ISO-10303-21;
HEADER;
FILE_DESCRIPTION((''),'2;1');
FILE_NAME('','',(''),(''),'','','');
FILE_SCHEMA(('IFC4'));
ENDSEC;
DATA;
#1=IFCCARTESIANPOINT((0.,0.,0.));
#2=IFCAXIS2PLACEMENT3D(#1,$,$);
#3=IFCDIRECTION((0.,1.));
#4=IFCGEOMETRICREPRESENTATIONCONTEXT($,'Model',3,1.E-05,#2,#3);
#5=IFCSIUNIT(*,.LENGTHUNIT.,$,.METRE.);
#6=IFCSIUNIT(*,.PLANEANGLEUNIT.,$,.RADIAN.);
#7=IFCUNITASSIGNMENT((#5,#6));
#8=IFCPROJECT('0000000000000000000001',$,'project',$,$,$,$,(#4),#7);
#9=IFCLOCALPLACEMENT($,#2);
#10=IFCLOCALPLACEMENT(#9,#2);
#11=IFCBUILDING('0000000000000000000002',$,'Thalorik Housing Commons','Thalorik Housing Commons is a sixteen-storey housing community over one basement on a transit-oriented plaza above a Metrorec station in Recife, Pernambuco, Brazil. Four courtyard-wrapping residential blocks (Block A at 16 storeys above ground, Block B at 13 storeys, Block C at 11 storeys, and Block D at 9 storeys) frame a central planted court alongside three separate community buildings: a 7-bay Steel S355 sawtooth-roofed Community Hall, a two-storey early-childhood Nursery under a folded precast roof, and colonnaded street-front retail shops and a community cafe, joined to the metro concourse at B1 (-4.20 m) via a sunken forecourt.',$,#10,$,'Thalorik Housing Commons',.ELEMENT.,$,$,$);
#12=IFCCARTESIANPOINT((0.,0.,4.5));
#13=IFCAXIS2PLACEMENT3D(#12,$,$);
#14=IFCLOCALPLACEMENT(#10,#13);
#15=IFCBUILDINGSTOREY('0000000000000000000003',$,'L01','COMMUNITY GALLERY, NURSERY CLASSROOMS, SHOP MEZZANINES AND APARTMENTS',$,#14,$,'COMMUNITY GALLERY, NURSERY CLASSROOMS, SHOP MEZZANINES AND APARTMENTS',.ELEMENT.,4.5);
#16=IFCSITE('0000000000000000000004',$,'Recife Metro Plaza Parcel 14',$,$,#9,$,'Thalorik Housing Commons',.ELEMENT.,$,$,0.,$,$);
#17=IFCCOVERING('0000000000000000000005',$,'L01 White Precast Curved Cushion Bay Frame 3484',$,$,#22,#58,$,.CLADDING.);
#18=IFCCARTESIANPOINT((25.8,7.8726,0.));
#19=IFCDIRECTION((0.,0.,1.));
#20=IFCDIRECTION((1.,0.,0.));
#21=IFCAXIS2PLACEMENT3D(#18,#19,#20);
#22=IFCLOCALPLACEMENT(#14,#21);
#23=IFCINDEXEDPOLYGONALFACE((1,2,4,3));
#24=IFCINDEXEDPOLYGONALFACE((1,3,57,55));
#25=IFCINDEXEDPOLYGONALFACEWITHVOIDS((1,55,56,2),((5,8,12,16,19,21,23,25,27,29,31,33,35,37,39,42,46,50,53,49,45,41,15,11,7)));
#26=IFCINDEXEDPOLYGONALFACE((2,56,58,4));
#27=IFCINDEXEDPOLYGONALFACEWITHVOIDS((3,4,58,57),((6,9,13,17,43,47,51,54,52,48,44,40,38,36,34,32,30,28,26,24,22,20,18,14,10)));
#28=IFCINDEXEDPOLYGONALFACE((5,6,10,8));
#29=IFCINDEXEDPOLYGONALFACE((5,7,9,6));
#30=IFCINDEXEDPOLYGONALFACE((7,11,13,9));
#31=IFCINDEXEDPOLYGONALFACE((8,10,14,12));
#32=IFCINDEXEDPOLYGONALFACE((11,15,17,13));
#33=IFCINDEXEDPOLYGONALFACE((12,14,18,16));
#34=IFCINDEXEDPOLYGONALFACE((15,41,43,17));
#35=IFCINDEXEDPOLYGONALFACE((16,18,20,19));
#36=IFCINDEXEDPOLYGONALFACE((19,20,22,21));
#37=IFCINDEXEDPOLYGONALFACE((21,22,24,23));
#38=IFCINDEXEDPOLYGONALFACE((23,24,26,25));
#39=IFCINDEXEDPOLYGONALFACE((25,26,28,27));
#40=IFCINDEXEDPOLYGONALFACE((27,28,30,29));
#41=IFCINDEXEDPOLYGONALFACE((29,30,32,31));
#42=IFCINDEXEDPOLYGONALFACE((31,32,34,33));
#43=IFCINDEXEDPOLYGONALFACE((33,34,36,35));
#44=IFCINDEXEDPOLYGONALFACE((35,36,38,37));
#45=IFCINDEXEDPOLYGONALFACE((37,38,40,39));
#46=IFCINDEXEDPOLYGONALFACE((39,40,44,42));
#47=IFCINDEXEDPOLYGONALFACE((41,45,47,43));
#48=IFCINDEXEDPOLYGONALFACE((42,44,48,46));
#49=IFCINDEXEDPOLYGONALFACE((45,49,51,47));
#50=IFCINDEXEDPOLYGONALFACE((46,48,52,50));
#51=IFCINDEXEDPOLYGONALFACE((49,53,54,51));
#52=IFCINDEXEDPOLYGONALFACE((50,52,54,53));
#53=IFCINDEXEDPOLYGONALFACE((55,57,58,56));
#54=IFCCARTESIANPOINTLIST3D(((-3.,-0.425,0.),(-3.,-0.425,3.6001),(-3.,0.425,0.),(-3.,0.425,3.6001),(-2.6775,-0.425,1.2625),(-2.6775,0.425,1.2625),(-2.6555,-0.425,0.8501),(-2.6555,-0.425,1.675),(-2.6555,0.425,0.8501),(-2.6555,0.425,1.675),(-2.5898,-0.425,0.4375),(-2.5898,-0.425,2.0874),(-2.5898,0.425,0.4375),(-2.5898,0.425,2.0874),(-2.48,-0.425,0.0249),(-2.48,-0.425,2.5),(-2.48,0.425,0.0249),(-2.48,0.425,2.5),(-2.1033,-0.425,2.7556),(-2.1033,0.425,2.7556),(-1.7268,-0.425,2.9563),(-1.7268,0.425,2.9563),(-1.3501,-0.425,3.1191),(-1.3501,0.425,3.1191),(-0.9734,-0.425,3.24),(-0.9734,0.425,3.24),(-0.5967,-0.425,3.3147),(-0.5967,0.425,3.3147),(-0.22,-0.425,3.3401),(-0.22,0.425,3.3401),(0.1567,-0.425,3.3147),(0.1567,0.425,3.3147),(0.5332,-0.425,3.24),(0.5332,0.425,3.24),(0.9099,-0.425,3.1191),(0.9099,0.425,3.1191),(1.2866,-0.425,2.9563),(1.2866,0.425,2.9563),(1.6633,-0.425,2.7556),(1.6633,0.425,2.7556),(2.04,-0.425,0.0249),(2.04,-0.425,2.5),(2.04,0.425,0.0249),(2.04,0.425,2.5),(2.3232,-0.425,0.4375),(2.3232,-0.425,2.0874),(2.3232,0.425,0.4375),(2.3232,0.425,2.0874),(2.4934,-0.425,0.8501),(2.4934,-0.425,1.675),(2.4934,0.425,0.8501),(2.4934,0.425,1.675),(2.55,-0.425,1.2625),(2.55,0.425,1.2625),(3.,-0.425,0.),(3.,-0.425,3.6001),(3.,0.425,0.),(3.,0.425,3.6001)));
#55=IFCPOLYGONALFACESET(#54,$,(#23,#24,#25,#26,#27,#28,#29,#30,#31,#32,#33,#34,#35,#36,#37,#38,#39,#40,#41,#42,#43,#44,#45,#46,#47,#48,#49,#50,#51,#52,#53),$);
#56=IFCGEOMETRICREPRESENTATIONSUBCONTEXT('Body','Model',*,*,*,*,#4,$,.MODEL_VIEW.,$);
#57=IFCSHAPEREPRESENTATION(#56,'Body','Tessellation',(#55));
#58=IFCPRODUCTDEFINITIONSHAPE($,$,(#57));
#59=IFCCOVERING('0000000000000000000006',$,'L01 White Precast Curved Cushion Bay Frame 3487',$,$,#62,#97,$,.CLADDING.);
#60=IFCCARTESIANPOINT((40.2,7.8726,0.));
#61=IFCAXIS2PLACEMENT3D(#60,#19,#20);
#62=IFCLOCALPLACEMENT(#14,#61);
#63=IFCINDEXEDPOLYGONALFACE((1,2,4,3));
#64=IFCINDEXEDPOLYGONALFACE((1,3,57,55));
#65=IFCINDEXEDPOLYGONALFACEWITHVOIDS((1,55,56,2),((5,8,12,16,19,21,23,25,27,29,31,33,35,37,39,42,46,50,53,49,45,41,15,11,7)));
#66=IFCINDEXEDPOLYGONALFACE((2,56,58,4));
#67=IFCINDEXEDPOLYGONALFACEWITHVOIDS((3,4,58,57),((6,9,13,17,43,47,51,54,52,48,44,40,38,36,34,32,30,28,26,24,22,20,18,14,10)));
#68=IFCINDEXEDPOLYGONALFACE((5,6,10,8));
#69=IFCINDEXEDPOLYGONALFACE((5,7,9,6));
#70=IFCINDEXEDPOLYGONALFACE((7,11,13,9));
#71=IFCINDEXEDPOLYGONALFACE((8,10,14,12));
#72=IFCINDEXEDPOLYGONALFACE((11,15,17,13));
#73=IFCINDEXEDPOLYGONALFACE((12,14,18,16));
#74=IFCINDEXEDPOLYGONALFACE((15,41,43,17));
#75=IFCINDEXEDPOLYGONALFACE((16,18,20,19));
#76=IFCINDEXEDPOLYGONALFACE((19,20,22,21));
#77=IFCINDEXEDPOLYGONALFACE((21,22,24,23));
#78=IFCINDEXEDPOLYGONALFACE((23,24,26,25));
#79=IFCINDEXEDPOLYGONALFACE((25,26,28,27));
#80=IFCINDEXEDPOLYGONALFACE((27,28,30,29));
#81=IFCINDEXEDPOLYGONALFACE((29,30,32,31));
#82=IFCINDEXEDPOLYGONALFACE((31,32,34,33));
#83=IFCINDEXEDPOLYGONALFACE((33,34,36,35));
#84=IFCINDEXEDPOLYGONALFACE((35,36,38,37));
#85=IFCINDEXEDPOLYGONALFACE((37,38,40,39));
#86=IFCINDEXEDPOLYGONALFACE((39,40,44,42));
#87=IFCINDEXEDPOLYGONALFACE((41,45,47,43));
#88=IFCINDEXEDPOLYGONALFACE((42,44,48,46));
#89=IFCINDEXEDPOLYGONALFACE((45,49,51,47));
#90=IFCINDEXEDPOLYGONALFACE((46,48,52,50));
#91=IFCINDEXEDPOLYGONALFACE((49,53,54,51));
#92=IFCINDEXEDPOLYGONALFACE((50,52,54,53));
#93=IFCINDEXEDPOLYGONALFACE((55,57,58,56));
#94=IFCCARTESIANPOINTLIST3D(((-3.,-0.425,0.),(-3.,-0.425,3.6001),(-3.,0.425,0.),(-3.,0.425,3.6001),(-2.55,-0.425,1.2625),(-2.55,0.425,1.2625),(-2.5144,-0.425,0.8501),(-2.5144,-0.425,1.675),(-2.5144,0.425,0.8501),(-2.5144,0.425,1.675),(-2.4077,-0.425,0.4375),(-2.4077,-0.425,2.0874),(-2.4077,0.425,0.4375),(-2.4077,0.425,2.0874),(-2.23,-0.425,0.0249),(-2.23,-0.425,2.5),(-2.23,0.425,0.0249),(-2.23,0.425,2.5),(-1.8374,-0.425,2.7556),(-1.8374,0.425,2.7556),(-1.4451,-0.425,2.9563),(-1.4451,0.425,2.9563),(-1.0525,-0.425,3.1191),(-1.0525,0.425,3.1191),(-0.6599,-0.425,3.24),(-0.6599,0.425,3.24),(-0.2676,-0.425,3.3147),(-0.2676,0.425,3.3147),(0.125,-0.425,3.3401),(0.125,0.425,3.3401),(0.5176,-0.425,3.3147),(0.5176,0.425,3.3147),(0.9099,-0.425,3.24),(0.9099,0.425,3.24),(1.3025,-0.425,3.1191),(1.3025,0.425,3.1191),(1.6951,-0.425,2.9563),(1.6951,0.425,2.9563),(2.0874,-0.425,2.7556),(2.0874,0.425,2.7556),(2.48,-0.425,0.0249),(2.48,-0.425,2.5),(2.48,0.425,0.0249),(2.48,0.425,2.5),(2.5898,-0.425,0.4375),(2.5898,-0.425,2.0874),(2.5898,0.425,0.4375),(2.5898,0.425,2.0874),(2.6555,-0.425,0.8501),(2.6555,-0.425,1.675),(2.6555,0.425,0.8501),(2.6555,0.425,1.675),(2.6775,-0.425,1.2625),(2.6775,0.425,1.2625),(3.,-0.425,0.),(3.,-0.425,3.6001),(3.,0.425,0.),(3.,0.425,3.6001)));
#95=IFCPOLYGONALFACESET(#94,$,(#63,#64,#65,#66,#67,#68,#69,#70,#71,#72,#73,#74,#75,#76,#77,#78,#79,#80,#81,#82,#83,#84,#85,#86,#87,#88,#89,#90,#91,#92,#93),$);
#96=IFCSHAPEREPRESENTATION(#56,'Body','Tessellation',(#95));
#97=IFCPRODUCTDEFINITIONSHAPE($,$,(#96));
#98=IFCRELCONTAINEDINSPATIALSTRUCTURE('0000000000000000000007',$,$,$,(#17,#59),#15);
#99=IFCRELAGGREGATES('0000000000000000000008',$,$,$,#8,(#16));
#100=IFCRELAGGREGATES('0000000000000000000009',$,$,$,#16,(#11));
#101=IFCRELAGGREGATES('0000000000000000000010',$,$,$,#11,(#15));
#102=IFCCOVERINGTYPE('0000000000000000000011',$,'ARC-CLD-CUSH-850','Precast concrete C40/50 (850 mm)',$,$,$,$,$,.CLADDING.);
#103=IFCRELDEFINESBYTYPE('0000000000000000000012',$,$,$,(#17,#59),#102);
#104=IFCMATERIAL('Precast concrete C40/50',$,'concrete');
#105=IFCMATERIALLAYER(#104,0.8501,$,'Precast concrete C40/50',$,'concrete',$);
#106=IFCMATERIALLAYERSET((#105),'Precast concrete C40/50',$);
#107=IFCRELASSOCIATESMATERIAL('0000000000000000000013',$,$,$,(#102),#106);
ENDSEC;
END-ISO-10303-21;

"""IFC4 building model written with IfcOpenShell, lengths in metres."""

from ifc_helpers import new_model, si_unit, direction, frame, origin, place, context, subcontext, project, spatial, polyline, outline, extrude, material, layer, layer_set, type_object, element, save


model = new_model("IFC4")

# Units and contexts
model_context = context("Model", 3, precision=1e-05, world=origin(), true_north=direction((0.0, 1.0)))
body_context = subcontext(model_context, "Body", "Model", "MODEL_VIEW")
ifc_project = project(units=[si_unit("LENGTHUNIT", "METRE"), si_unit("PLANEANGLEUNIT", "RADIAN")], contexts=[model_context])

# Site, building, storey
site_placement = place(None, origin())
site = spatial("IfcSite", under=ifc_project, at=site_placement, Name="Recife Metro Plaza Parcel 14", LongName="Thalorik Housing Commons", CompositionType="ELEMENT", RefElevation=0.0)
building_placement = place(site_placement, origin())
building = spatial("IfcBuilding", under=site, at=building_placement, Name="Thalorik Housing Commons", Description="Thalorik Housing Commons is a sixteen-storey housing community over one basement on a transit-oriented plaza above a Metrorec station in Recife, Pernambuco, Brazil. Four courtyard-wrapping residential blocks (Block A at 16 storeys above ground, Block B at 13 storeys, Block C at 11 storeys, and Block D at 9 storeys) frame a central planted court alongside three separate community buildings: a 7-bay Steel S355 sawtooth-roofed Community Hall, a two-storey early-childhood Nursery under a folded precast roof, and colonnaded street-front retail shops and a community cafe, joined to the metro concourse at B1 (-4.20 m) via a sunken forecourt.", LongName="Thalorik Housing Commons", CompositionType="ELEMENT")
storey_placement = place(building_placement, frame((0.0, 0.0, 4.5)))
storey = spatial("IfcBuildingStorey", under=building, at=storey_placement, Name="L01", Description="COMMUNITY GALLERY, NURSERY CLASSROOMS, SHOP MEZZANINES AND APARTMENTS", LongName="COMMUNITY GALLERY, NURSERY CLASSROOMS, SHOP MEZZANINES AND APARTMENTS", CompositionType="ELEMENT", Elevation=4.5)

# Shared definitions
ifc_material_1 = material(Name="Precast concrete C40/50", Category="concrete")

# Coverings
ifc_layer_1 = layer(ifc_material_1, 0.8501, Name="Precast concrete C40/50", Category="concrete")
ifc_layer_set_1 = layer_set([ifc_layer_1], Name="Precast concrete C40/50")
covering_type_1 = type_object("IfcCoveringType", Name="ARC-CLD-CUSH-850", Description="Precast concrete C40/50 (850 mm)", PredefinedType="CLADDING", material=ifc_layer_set_1)
covering_1_placement = place(storey_placement, frame((25.8, 7.8726, 0.0), z_axis=(0.0, 0.0, 1.0), x_axis=(1.0, 0.0, 0.0)))
element("IfcCovering", 1, at=covering_1_placement, inside=storey, type_object=covering_type_1, Name="L01 White Precast Curved Cushion Bay Frame 3484", PredefinedType="CLADDING", context=body_context, shape_type="SweptSolid", body=[
    extrude(outline(polyline([(-3.0, 0.0), (3.0, 0.0), (3.0, 3.6001), (-3.0, 3.6001), (-3.0, 0.0)]), holes=[polyline([(2.04, 0.0249), (2.3232, 0.4375), (2.4934, 0.8501), (2.55, 1.2625), (2.4934, 1.675), (2.3232, 2.0874), (2.04, 2.5), (1.6633, 2.7556), (1.2866, 2.9563), (0.9099, 3.1191), (0.5332, 3.24), (0.1567, 3.3147), (-0.22, 3.3401), (-0.5967, 3.3147), (-0.9734, 3.24), (-1.3501, 3.1191), (-1.7268, 2.9563), (-2.1033, 2.7556), (-2.48, 2.5), (-2.5898, 2.0874), (-2.6555, 1.675), (-2.6775, 1.2625), (-2.6555, 0.8501), (-2.5898, 0.4375), (-2.48, 0.0249), (2.04, 0.0249)])]), frame((0.0, 0.425, 0.0), z_axis=(0.0, -1.0, 0.0), x_axis=(1.0, 0.0, 0.0)), (0.0, 0.0, 1.0), 0.8501),
])
covering_2_placement = place(storey_placement, frame((40.2, 7.8726, 0.0), z_axis=(0.0, 0.0, 1.0), x_axis=(1.0, 0.0, 0.0)))
element("IfcCovering", 2, at=covering_2_placement, inside=storey, type_object=covering_type_1, Name="L01 White Precast Curved Cushion Bay Frame 3487", PredefinedType="CLADDING", context=body_context, shape_type="SweptSolid", body=[
    extrude(outline(polyline([(-3.0, 0.0), (3.0, 0.0), (3.0, 3.6001), (-3.0, 3.6001), (-3.0, 0.0)]), holes=[polyline([(2.48, 0.0249), (2.5898, 0.4375), (2.6555, 0.8501), (2.6775, 1.2625), (2.6555, 1.675), (2.5898, 2.0874), (2.48, 2.5), (2.0874, 2.7556), (1.6951, 2.9563), (1.3025, 3.1191), (0.9099, 3.24), (0.5176, 3.3147), (0.125, 3.3401), (-0.2676, 3.3147), (-0.6599, 3.24), (-1.0525, 3.1191), (-1.4451, 2.9563), (-1.8374, 2.7556), (-2.23, 2.5), (-2.4077, 2.0874), (-2.5144, 1.675), (-2.55, 1.2625), (-2.5144, 0.8501), (-2.4077, 0.4375), (-2.23, 0.0249), (2.48, 0.0249)])]), frame((0.0, 0.425, 0.0), z_axis=(0.0, -1.0, 0.0), x_axis=(1.0, 0.0, 0.0)), (0.0, 0.0, 1.0), 0.8501),
])

save(model, "model.ifc")
